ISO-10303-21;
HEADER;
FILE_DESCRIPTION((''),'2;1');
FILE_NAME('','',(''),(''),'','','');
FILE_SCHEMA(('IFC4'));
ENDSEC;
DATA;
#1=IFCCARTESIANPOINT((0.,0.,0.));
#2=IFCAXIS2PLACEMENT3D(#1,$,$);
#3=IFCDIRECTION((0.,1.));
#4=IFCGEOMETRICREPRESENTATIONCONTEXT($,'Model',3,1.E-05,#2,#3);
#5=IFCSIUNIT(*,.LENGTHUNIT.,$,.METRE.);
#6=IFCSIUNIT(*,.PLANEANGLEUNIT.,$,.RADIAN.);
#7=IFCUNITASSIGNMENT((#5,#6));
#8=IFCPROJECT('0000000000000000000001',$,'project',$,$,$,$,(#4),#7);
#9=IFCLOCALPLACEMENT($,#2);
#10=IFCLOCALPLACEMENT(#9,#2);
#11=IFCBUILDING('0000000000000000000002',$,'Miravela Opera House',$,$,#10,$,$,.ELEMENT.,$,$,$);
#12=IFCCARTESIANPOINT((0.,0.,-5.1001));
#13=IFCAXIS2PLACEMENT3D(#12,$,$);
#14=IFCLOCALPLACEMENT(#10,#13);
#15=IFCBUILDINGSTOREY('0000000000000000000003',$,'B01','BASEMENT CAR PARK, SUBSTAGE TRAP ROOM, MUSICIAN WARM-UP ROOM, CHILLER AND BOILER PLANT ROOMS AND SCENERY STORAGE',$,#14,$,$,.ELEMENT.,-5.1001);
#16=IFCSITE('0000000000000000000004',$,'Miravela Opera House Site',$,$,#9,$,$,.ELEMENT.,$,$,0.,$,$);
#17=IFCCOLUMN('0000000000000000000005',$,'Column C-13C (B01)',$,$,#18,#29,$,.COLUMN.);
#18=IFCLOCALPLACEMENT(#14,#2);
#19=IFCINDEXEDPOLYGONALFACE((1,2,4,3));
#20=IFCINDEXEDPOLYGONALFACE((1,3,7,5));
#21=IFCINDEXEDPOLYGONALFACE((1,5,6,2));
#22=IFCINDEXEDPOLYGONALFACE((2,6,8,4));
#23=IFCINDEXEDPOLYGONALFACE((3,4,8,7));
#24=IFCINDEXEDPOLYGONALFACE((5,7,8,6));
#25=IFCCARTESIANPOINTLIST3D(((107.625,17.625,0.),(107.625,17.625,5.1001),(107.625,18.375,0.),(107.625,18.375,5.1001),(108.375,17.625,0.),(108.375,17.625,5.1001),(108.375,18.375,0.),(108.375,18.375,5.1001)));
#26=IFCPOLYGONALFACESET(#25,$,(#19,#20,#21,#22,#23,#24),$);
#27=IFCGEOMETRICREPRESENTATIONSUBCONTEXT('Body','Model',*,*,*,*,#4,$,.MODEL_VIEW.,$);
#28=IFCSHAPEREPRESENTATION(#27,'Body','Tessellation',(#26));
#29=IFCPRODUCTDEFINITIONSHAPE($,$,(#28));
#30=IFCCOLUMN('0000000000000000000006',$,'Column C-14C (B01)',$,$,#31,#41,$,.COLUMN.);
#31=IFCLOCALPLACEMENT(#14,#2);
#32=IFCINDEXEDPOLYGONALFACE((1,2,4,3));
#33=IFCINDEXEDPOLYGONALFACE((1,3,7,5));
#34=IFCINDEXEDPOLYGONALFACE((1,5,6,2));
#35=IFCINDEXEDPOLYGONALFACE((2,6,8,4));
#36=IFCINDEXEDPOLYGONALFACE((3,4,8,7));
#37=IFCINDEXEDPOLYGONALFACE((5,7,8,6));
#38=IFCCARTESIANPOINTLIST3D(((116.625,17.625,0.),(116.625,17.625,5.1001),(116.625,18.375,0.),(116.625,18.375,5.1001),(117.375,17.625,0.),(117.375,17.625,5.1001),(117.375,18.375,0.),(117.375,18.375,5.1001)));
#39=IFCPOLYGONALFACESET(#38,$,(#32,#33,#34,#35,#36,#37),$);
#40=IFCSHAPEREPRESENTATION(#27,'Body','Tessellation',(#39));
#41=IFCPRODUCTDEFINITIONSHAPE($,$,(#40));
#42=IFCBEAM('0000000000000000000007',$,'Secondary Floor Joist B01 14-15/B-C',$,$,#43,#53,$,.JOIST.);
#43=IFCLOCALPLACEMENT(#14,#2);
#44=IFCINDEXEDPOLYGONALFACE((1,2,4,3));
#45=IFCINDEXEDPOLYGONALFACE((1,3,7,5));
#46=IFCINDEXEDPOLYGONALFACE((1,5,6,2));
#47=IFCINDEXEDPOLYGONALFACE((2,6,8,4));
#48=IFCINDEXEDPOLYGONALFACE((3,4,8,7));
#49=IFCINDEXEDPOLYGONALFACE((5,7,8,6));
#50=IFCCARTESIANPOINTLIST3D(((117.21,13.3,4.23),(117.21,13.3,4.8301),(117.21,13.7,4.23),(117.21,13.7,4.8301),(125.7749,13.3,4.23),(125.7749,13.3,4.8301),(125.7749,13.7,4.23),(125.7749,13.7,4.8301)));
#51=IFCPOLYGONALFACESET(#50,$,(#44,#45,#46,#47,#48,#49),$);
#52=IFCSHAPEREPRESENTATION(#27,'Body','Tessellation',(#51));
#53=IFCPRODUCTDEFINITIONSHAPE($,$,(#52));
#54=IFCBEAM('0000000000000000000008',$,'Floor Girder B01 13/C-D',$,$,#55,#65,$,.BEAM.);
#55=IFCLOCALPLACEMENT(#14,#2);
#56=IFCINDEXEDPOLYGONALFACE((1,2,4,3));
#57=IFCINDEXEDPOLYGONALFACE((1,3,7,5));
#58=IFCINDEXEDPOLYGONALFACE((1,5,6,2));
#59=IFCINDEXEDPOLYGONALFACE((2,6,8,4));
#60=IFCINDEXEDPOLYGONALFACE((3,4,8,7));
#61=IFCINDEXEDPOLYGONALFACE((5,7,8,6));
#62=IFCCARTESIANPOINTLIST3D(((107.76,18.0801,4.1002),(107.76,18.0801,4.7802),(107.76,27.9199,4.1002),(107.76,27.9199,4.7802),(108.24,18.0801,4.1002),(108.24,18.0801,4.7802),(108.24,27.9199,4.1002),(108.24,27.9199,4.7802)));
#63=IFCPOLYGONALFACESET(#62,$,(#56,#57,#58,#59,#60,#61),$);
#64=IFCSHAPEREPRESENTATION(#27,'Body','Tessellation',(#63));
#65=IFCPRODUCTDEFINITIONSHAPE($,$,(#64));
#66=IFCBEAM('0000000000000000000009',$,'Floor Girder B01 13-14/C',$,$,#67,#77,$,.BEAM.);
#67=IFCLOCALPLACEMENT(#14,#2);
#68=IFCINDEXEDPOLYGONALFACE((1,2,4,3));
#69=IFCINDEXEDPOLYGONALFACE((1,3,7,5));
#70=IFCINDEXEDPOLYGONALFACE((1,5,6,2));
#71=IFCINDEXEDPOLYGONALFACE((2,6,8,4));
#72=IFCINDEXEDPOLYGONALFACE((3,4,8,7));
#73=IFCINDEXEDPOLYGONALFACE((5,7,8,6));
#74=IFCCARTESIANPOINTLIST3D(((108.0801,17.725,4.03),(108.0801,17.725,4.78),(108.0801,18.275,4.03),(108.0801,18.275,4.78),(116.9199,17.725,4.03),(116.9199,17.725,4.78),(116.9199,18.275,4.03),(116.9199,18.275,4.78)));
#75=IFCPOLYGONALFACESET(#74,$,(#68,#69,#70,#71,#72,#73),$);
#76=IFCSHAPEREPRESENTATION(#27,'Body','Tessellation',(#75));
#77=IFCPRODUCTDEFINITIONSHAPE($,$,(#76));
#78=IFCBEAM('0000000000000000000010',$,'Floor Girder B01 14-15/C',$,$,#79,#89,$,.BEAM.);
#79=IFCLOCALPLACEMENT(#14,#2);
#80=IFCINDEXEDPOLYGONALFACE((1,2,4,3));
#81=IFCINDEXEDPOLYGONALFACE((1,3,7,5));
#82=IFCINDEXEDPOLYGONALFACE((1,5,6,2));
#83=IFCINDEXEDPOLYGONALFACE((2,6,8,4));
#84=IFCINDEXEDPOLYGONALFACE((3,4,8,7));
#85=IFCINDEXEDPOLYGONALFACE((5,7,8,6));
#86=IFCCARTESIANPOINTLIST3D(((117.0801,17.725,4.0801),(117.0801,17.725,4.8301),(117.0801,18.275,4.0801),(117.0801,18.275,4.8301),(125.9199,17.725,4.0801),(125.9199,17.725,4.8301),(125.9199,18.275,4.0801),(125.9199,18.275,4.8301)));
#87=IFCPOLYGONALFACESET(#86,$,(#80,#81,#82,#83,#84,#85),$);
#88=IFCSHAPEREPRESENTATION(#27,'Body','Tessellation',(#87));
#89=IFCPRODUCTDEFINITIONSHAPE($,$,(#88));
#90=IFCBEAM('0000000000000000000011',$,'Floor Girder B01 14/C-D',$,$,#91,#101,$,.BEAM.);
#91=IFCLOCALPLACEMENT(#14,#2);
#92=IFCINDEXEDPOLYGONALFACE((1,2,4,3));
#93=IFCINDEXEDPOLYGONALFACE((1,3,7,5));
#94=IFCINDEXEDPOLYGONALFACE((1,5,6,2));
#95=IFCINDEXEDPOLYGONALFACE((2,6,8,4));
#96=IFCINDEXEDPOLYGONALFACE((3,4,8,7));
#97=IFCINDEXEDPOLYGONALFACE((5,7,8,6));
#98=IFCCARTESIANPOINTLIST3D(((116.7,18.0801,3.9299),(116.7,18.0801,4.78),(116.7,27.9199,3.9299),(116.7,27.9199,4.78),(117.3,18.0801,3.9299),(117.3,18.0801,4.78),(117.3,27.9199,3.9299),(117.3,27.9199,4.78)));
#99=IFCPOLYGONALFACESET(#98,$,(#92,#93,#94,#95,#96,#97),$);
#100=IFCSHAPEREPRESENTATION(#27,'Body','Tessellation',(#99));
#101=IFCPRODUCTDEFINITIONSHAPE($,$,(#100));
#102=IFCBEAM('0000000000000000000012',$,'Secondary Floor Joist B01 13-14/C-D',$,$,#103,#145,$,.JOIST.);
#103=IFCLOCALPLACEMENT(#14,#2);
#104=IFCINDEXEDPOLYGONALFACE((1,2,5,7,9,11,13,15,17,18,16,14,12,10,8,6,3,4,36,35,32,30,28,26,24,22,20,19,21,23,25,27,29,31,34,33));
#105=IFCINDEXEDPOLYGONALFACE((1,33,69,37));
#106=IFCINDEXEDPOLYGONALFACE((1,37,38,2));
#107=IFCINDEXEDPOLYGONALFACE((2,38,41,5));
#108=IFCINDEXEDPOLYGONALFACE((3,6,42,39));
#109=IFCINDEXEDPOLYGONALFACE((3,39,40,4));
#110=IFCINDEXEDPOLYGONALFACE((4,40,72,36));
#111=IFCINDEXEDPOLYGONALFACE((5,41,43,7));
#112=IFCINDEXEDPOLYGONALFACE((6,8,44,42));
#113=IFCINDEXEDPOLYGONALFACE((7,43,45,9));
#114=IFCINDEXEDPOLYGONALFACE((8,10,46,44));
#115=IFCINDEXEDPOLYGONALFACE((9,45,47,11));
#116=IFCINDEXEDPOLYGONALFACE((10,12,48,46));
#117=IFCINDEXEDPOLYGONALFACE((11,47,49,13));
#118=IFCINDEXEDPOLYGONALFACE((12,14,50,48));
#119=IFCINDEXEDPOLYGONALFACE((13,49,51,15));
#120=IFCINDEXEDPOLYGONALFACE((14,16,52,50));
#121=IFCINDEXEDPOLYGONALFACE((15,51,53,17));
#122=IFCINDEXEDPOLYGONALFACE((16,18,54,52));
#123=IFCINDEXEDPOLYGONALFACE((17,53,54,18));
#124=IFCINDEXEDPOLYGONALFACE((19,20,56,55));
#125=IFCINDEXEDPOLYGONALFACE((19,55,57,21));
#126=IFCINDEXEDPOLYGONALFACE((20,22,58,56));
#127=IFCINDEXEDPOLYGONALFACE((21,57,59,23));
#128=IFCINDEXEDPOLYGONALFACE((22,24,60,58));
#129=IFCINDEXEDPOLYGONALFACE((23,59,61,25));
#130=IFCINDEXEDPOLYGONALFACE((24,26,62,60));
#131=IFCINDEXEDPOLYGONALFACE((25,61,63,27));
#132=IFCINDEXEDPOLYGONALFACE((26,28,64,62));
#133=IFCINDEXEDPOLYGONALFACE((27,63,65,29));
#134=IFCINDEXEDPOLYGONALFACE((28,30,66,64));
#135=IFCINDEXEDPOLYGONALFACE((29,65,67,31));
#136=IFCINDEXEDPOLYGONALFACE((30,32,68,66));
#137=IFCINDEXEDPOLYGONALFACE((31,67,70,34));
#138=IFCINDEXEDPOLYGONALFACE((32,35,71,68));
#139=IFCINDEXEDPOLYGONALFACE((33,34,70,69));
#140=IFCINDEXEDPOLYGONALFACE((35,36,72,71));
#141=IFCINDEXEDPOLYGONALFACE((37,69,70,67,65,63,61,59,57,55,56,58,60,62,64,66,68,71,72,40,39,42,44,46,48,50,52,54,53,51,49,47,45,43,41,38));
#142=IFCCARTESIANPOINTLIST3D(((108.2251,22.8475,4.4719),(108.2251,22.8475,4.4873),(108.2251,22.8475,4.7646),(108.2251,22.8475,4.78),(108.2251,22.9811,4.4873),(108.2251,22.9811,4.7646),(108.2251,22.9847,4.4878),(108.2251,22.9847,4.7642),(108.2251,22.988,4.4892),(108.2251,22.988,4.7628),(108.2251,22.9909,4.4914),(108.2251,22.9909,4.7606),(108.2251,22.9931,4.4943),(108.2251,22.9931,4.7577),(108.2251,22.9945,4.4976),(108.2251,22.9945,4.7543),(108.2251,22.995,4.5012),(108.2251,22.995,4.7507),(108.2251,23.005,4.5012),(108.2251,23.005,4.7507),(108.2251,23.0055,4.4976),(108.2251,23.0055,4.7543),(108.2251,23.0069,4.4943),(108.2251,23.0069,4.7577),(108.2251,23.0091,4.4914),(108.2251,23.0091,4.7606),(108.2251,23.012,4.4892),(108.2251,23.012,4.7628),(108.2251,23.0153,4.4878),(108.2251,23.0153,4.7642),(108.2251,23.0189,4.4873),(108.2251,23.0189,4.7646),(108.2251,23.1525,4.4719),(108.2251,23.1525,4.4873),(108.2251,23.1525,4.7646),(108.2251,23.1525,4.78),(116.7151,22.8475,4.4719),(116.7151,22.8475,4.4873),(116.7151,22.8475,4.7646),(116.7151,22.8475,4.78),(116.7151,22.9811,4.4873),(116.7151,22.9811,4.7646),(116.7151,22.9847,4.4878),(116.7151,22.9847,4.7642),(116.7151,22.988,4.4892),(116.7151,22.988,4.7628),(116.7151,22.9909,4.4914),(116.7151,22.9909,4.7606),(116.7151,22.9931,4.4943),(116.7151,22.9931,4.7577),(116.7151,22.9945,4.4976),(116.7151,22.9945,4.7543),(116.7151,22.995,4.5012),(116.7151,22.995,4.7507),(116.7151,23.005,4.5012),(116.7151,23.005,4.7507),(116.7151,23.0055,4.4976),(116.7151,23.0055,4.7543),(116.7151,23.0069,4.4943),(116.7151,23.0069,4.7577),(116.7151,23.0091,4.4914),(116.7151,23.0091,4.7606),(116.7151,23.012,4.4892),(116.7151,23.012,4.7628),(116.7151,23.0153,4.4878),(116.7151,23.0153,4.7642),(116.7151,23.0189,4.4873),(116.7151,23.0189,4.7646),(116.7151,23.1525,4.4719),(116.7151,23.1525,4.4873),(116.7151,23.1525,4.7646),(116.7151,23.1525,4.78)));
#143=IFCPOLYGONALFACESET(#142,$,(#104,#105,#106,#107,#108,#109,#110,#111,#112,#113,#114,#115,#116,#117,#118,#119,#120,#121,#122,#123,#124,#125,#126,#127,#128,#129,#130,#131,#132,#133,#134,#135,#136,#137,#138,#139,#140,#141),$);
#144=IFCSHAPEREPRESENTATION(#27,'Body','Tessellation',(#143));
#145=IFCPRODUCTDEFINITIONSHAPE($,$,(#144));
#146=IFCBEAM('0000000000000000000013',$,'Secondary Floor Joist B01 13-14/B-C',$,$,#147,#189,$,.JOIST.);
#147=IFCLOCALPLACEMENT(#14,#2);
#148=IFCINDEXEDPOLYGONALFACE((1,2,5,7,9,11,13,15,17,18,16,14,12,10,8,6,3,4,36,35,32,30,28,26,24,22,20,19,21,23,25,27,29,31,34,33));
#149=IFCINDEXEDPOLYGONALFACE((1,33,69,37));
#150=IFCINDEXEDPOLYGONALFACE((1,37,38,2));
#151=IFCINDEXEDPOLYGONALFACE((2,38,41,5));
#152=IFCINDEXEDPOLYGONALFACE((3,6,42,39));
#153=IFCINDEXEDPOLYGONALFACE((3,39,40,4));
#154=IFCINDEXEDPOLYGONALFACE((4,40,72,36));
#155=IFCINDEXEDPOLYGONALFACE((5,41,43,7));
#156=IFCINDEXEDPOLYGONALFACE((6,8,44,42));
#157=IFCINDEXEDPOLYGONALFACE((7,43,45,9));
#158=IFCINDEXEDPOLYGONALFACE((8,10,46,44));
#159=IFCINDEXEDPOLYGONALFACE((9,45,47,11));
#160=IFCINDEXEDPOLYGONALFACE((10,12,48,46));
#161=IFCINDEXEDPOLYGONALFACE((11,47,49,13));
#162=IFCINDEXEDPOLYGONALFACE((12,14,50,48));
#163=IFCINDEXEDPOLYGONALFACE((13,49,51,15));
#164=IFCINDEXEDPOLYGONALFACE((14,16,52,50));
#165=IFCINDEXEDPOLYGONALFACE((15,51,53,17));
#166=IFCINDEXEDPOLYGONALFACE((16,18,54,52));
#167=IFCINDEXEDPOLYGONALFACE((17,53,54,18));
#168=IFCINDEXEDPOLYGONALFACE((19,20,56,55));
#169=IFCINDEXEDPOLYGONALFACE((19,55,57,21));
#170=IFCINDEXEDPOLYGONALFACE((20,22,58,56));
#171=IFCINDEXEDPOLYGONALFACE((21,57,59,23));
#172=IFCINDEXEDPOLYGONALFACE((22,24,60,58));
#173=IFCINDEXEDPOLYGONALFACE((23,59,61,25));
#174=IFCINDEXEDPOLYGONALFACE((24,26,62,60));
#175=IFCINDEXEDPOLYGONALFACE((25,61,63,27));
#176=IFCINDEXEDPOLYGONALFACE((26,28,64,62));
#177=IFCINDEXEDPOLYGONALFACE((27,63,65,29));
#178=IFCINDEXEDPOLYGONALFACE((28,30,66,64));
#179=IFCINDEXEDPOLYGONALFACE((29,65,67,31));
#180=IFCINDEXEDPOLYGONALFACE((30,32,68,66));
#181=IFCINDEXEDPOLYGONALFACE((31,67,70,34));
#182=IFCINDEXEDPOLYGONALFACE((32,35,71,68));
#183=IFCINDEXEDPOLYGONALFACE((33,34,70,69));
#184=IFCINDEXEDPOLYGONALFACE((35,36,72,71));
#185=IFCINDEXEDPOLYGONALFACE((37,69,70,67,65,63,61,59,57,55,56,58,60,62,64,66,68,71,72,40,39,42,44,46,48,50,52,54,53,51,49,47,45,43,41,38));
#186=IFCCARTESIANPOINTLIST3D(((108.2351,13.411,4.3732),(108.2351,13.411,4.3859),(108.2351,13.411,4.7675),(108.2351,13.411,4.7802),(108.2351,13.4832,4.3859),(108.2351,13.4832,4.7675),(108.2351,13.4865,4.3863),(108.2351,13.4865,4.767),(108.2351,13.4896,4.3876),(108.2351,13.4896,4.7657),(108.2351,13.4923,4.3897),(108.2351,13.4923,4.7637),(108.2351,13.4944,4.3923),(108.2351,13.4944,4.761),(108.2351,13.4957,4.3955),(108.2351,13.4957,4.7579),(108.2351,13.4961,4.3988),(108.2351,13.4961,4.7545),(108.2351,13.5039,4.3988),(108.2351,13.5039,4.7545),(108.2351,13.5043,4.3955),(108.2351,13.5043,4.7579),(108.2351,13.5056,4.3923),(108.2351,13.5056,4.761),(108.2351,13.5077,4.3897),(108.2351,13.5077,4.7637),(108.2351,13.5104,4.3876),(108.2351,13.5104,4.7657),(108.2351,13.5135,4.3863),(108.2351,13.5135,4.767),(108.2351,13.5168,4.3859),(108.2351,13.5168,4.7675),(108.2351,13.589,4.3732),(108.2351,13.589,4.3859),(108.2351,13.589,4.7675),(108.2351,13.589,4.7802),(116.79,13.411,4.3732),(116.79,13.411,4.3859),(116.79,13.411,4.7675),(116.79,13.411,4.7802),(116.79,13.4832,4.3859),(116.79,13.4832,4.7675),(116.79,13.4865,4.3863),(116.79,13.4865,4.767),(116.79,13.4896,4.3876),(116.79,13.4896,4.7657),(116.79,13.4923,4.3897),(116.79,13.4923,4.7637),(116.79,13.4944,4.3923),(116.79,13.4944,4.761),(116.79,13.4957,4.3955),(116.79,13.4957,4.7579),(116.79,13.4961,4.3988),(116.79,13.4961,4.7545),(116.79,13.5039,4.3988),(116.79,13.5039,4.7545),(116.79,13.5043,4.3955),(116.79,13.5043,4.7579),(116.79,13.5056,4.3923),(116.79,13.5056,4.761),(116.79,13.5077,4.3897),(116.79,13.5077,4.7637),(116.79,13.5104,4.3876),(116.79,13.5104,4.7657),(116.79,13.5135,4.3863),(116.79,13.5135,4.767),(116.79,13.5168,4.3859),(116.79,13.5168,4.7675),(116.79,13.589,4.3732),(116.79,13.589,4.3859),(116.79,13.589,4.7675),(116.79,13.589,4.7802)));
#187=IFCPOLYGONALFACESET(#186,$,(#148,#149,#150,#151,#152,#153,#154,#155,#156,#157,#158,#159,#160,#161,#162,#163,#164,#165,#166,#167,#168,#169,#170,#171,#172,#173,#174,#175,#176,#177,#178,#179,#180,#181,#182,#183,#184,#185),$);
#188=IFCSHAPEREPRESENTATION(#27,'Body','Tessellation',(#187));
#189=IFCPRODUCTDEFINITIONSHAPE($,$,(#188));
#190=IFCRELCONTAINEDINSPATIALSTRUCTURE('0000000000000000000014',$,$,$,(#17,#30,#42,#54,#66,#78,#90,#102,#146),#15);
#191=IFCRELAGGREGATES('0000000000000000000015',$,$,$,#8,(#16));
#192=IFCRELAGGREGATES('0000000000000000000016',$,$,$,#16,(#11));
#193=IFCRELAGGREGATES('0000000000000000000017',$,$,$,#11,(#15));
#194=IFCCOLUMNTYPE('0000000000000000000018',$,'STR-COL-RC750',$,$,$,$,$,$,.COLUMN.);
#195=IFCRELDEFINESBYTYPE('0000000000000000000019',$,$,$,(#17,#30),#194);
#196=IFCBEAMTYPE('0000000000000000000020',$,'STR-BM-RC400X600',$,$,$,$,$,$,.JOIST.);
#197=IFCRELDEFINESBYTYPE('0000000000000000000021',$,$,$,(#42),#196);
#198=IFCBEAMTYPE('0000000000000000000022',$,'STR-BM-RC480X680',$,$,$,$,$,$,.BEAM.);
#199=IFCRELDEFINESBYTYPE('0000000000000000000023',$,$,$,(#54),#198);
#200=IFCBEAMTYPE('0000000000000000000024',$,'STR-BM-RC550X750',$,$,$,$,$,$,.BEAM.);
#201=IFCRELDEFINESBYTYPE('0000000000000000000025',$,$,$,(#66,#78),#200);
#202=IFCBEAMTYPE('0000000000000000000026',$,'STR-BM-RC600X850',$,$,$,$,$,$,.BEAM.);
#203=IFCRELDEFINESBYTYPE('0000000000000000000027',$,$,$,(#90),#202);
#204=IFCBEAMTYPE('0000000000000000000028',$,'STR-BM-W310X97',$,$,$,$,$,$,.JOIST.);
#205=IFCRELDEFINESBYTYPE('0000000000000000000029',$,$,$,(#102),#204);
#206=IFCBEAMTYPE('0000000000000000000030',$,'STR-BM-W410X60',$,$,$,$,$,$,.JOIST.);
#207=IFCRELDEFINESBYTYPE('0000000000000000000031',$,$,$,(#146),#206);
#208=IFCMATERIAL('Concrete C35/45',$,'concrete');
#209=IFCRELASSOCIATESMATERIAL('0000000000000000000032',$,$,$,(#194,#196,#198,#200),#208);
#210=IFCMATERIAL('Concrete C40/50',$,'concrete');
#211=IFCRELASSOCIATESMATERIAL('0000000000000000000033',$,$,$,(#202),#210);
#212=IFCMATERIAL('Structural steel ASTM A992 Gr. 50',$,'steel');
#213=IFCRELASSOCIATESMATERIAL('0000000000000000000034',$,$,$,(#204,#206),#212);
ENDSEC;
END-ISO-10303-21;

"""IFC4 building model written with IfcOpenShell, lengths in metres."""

from ifc_helpers import new_model, si_unit, direction, frame, origin, origin_2d, place, context, subcontext, project, spatial, rectangle, i_section, extrude, material, material_profile, profile_set, type_object, element, save


model = new_model("IFC4")

# Units and contexts
model_context = context("Model", 3, precision=1e-05, world=origin(), true_north=direction((0.0, 1.0)))
body_context = subcontext(model_context, "Body", "Model", "MODEL_VIEW")
ifc_project = project(units=[si_unit("LENGTHUNIT", "METRE"), si_unit("PLANEANGLEUNIT", "RADIAN")], contexts=[model_context])

# Site, building, storey
site_placement = place(None, origin())
site = spatial("IfcSite", under=ifc_project, at=site_placement, Name="Miravela Opera House Site", CompositionType="ELEMENT", RefElevation=0.0)
building_placement = place(site_placement, origin())
building = spatial("IfcBuilding", under=site, at=building_placement, Name="Miravela Opera House", CompositionType="ELEMENT")
storey_placement = place(building_placement, frame((0.0, 0.0, -5.1001)))
storey = spatial("IfcBuildingStorey", under=building, at=storey_placement, Name="B01", Description="BASEMENT CAR PARK, SUBSTAGE TRAP ROOM, MUSICIAN WARM-UP ROOM, CHILLER AND BOILER PLANT ROOMS AND SCENERY STORAGE", CompositionType="ELEMENT", Elevation=-5.1001)

# Shared definitions
ifc_material_1 = material(Name="Concrete C35/45", Category="concrete")

# Columns
ifc_material_profile_1 = material_profile(ifc_material_1, rectangle(XDim=0.75, YDim=0.75, at=origin_2d()), Name="RC-COL-750X750")
ifc_profile_set_1 = profile_set([ifc_material_profile_1])
column_type = type_object("IfcColumnType", Name="STR-COL-RC750", PredefinedType="COLUMN", material=ifc_profile_set_1)
for number, where, z_axis, x_axis, name in (
    (1, (108.0, 18.0, 0.0), (0.0, 0.0, 1.0), (1.0, 0.0, 0.0), "Column C-13C (B01)"),
    (2, (117.0, 18.0, 0.0), (0.0, 0.0, 1.0), (1.0, 0.0, 0.0), "Column C-14C (B01)"),
):
    element("IfcColumn", number, at=place(storey_placement, frame(where, z_axis=z_axis, x_axis=x_axis)), inside=storey, type_object=column_type, Name=name, PredefinedType="COLUMN", context=body_context, shape_type="SweptSolid", body=[
        extrude(rectangle(XDim=0.75, YDim=0.75, at=origin_2d()), origin(), (0.0, 0.0, 1.0), 5.1001),
    ])

# Beams
ifc_material_profile_2 = material_profile(ifc_material_1, rectangle(XDim=0.3999, YDim=0.6001, at=origin_2d()), Name="RC-BM-400X600")
ifc_profile_set_2 = profile_set([ifc_material_profile_2])
beam_type_1 = type_object("IfcBeamType", Name="STR-BM-RC400X600", PredefinedType="JOIST", material=ifc_profile_set_2)
beam_1_placement = place(storey_placement, frame((117.21, 13.5, 4.53), z_axis=(1.0, 0.0, 0.0), x_axis=(0.0, 1.0, 0.0)))
element("IfcBeam", 3, at=beam_1_placement, inside=storey, type_object=beam_type_1, Name="Secondary Floor Joist B01 14-15/B-C", PredefinedType="JOIST", context=body_context, shape_type="SweptSolid", body=[
    extrude(rectangle(XDim=0.3999, YDim=0.6001, at=origin_2d()), origin(), (0.0, 0.0, 1.0), 8.5649),
])
ifc_material_profile_3 = material_profile(ifc_material_1, rectangle(XDim=0.48, YDim=0.6799, at=origin_2d()), Name="RC-BM-480X680")
ifc_profile_set_3 = profile_set([ifc_material_profile_3])
beam_type_2 = type_object("IfcBeamType", Name="STR-BM-RC480X680", PredefinedType="BEAM", material=ifc_profile_set_3)
beam_2_placement = place(storey_placement, frame((108.0, 18.0801, 4.4402), z_axis=(0.0, 1.0, 0.0), x_axis=(-1.0, 0.0, 0.0)))
element("IfcBeam", 4, at=beam_2_placement, inside=storey, type_object=beam_type_2, Name="Floor Girder B01 13/C-D", PredefinedType="BEAM", context=body_context, shape_type="SweptSolid", body=[
    extrude(rectangle(XDim=0.48, YDim=0.6799, at=origin_2d()), origin(), (0.0, 0.0, 1.0), 9.8398),
])
ifc_material_profile_4 = material_profile(ifc_material_1, rectangle(XDim=0.55, YDim=0.75, at=origin_2d()), Name="RC-BM-550X750")
ifc_profile_set_4 = profile_set([ifc_material_profile_4])
beam_type_3 = type_object("IfcBeamType", Name="STR-BM-RC550X750", PredefinedType="BEAM", material=ifc_profile_set_4)
for number, where, z_axis, x_axis, name in (
    (5, (108.0801, 18.0, 4.405), (1.0, 0.0, 0.0), (0.0, 1.0, 0.0), "Floor Girder B01 13-14/C"),
    (6, (117.0801, 18.0, 4.4551), (1.0, 0.0, 0.0), (0.0, 1.0, 0.0), "Floor Girder B01 14-15/C"),
):
    element("IfcBeam", number, at=place(storey_placement, frame(where, z_axis=z_axis, x_axis=x_axis)), inside=storey, type_object=beam_type_3, Name=name, PredefinedType="BEAM", context=body_context, shape_type="SweptSolid", body=[
        extrude(rectangle(XDim=0.55, YDim=0.75, at=origin_2d()), origin(), (0.0, 0.0, 1.0), 8.8398),
    ])
ifc_material_2 = material(Name="Concrete C40/50", Category="concrete")
ifc_material_profile_5 = material_profile(ifc_material_2, rectangle(XDim=0.6001, YDim=0.8501, at=origin_2d()), Name="RC-BM-600X850")
ifc_profile_set_5 = profile_set([ifc_material_profile_5])
beam_type_4 = type_object("IfcBeamType", Name="STR-BM-RC600X850", PredefinedType="BEAM", material=ifc_profile_set_5)
beam_3_placement = place(storey_placement, frame((117.0, 18.0801, 4.355), z_axis=(0.0, 1.0, 0.0), x_axis=(-1.0, 0.0, 0.0)))
element("IfcBeam", 7, at=beam_3_placement, inside=storey, type_object=beam_type_4, Name="Floor Girder B01 14/C-D", PredefinedType="BEAM", context=body_context, shape_type="SweptSolid", body=[
    extrude(rectangle(XDim=0.6001, YDim=0.8501, at=origin_2d()), origin(), (0.0, 0.0, 1.0), 9.8398),
])
ifc_material_3 = material(Name="Structural steel ASTM A992 Gr. 50", Category="steel")
ifc_material_profile_6 = material_profile(ifc_material_3, i_section(OverallWidth=0.3049, OverallDepth=0.3081, WebThickness=0.01, FlangeThickness=0.0154, FilletRadius=0.0139, at=origin_2d()), Name="W310X97")
ifc_profile_set_6 = profile_set([ifc_material_profile_6])
beam_type_5 = type_object("IfcBeamType", Name="STR-BM-W310X97", PredefinedType="JOIST", material=ifc_profile_set_6)
beam_4_placement = place(storey_placement, frame((108.2251, 23.0, 4.626), z_axis=(1.0, 0.0, 0.0), x_axis=(0.0, 1.0, 0.0)))
element("IfcBeam", 8, at=beam_4_placement, inside=storey, type_object=beam_type_5, Name="Secondary Floor Joist B01 13-14/C-D", PredefinedType="JOIST", context=body_context, shape_type="SweptSolid", body=[
    extrude(i_section(OverallWidth=0.3049, OverallDepth=0.3081, WebThickness=0.01, FlangeThickness=0.0154, FilletRadius=0.0139, at=origin_2d()), origin(), (0.0, 0.0, 1.0), 8.49),
])
ifc_material_profile_7 = material_profile(ifc_material_3, i_section(OverallWidth=0.178, OverallDepth=0.407, WebThickness=0.0078, FlangeThickness=0.0127, FilletRadius=0.0129, at=origin_2d()), Name="W410X60")
ifc_profile_set_7 = profile_set([ifc_material_profile_7])
beam_type_6 = type_object("IfcBeamType", Name="STR-BM-W410X60", PredefinedType="JOIST", material=ifc_profile_set_7)
beam_5_placement = place(storey_placement, frame((108.2351, 13.5, 4.5767), z_axis=(1.0, 0.0, 0.0), x_axis=(0.0, 1.0, 0.0)))
element("IfcBeam", 9, at=beam_5_placement, inside=storey, type_object=beam_type_6, Name="Secondary Floor Joist B01 13-14/B-C", PredefinedType="JOIST", context=body_context, shape_type="SweptSolid", body=[
    extrude(i_section(OverallWidth=0.178, OverallDepth=0.407, WebThickness=0.0078, FlangeThickness=0.0127, FilletRadius=0.0129, at=origin_2d()), origin(), (0.0, 0.0, 1.0), 8.5549),
])

save(model, "model.ifc")
